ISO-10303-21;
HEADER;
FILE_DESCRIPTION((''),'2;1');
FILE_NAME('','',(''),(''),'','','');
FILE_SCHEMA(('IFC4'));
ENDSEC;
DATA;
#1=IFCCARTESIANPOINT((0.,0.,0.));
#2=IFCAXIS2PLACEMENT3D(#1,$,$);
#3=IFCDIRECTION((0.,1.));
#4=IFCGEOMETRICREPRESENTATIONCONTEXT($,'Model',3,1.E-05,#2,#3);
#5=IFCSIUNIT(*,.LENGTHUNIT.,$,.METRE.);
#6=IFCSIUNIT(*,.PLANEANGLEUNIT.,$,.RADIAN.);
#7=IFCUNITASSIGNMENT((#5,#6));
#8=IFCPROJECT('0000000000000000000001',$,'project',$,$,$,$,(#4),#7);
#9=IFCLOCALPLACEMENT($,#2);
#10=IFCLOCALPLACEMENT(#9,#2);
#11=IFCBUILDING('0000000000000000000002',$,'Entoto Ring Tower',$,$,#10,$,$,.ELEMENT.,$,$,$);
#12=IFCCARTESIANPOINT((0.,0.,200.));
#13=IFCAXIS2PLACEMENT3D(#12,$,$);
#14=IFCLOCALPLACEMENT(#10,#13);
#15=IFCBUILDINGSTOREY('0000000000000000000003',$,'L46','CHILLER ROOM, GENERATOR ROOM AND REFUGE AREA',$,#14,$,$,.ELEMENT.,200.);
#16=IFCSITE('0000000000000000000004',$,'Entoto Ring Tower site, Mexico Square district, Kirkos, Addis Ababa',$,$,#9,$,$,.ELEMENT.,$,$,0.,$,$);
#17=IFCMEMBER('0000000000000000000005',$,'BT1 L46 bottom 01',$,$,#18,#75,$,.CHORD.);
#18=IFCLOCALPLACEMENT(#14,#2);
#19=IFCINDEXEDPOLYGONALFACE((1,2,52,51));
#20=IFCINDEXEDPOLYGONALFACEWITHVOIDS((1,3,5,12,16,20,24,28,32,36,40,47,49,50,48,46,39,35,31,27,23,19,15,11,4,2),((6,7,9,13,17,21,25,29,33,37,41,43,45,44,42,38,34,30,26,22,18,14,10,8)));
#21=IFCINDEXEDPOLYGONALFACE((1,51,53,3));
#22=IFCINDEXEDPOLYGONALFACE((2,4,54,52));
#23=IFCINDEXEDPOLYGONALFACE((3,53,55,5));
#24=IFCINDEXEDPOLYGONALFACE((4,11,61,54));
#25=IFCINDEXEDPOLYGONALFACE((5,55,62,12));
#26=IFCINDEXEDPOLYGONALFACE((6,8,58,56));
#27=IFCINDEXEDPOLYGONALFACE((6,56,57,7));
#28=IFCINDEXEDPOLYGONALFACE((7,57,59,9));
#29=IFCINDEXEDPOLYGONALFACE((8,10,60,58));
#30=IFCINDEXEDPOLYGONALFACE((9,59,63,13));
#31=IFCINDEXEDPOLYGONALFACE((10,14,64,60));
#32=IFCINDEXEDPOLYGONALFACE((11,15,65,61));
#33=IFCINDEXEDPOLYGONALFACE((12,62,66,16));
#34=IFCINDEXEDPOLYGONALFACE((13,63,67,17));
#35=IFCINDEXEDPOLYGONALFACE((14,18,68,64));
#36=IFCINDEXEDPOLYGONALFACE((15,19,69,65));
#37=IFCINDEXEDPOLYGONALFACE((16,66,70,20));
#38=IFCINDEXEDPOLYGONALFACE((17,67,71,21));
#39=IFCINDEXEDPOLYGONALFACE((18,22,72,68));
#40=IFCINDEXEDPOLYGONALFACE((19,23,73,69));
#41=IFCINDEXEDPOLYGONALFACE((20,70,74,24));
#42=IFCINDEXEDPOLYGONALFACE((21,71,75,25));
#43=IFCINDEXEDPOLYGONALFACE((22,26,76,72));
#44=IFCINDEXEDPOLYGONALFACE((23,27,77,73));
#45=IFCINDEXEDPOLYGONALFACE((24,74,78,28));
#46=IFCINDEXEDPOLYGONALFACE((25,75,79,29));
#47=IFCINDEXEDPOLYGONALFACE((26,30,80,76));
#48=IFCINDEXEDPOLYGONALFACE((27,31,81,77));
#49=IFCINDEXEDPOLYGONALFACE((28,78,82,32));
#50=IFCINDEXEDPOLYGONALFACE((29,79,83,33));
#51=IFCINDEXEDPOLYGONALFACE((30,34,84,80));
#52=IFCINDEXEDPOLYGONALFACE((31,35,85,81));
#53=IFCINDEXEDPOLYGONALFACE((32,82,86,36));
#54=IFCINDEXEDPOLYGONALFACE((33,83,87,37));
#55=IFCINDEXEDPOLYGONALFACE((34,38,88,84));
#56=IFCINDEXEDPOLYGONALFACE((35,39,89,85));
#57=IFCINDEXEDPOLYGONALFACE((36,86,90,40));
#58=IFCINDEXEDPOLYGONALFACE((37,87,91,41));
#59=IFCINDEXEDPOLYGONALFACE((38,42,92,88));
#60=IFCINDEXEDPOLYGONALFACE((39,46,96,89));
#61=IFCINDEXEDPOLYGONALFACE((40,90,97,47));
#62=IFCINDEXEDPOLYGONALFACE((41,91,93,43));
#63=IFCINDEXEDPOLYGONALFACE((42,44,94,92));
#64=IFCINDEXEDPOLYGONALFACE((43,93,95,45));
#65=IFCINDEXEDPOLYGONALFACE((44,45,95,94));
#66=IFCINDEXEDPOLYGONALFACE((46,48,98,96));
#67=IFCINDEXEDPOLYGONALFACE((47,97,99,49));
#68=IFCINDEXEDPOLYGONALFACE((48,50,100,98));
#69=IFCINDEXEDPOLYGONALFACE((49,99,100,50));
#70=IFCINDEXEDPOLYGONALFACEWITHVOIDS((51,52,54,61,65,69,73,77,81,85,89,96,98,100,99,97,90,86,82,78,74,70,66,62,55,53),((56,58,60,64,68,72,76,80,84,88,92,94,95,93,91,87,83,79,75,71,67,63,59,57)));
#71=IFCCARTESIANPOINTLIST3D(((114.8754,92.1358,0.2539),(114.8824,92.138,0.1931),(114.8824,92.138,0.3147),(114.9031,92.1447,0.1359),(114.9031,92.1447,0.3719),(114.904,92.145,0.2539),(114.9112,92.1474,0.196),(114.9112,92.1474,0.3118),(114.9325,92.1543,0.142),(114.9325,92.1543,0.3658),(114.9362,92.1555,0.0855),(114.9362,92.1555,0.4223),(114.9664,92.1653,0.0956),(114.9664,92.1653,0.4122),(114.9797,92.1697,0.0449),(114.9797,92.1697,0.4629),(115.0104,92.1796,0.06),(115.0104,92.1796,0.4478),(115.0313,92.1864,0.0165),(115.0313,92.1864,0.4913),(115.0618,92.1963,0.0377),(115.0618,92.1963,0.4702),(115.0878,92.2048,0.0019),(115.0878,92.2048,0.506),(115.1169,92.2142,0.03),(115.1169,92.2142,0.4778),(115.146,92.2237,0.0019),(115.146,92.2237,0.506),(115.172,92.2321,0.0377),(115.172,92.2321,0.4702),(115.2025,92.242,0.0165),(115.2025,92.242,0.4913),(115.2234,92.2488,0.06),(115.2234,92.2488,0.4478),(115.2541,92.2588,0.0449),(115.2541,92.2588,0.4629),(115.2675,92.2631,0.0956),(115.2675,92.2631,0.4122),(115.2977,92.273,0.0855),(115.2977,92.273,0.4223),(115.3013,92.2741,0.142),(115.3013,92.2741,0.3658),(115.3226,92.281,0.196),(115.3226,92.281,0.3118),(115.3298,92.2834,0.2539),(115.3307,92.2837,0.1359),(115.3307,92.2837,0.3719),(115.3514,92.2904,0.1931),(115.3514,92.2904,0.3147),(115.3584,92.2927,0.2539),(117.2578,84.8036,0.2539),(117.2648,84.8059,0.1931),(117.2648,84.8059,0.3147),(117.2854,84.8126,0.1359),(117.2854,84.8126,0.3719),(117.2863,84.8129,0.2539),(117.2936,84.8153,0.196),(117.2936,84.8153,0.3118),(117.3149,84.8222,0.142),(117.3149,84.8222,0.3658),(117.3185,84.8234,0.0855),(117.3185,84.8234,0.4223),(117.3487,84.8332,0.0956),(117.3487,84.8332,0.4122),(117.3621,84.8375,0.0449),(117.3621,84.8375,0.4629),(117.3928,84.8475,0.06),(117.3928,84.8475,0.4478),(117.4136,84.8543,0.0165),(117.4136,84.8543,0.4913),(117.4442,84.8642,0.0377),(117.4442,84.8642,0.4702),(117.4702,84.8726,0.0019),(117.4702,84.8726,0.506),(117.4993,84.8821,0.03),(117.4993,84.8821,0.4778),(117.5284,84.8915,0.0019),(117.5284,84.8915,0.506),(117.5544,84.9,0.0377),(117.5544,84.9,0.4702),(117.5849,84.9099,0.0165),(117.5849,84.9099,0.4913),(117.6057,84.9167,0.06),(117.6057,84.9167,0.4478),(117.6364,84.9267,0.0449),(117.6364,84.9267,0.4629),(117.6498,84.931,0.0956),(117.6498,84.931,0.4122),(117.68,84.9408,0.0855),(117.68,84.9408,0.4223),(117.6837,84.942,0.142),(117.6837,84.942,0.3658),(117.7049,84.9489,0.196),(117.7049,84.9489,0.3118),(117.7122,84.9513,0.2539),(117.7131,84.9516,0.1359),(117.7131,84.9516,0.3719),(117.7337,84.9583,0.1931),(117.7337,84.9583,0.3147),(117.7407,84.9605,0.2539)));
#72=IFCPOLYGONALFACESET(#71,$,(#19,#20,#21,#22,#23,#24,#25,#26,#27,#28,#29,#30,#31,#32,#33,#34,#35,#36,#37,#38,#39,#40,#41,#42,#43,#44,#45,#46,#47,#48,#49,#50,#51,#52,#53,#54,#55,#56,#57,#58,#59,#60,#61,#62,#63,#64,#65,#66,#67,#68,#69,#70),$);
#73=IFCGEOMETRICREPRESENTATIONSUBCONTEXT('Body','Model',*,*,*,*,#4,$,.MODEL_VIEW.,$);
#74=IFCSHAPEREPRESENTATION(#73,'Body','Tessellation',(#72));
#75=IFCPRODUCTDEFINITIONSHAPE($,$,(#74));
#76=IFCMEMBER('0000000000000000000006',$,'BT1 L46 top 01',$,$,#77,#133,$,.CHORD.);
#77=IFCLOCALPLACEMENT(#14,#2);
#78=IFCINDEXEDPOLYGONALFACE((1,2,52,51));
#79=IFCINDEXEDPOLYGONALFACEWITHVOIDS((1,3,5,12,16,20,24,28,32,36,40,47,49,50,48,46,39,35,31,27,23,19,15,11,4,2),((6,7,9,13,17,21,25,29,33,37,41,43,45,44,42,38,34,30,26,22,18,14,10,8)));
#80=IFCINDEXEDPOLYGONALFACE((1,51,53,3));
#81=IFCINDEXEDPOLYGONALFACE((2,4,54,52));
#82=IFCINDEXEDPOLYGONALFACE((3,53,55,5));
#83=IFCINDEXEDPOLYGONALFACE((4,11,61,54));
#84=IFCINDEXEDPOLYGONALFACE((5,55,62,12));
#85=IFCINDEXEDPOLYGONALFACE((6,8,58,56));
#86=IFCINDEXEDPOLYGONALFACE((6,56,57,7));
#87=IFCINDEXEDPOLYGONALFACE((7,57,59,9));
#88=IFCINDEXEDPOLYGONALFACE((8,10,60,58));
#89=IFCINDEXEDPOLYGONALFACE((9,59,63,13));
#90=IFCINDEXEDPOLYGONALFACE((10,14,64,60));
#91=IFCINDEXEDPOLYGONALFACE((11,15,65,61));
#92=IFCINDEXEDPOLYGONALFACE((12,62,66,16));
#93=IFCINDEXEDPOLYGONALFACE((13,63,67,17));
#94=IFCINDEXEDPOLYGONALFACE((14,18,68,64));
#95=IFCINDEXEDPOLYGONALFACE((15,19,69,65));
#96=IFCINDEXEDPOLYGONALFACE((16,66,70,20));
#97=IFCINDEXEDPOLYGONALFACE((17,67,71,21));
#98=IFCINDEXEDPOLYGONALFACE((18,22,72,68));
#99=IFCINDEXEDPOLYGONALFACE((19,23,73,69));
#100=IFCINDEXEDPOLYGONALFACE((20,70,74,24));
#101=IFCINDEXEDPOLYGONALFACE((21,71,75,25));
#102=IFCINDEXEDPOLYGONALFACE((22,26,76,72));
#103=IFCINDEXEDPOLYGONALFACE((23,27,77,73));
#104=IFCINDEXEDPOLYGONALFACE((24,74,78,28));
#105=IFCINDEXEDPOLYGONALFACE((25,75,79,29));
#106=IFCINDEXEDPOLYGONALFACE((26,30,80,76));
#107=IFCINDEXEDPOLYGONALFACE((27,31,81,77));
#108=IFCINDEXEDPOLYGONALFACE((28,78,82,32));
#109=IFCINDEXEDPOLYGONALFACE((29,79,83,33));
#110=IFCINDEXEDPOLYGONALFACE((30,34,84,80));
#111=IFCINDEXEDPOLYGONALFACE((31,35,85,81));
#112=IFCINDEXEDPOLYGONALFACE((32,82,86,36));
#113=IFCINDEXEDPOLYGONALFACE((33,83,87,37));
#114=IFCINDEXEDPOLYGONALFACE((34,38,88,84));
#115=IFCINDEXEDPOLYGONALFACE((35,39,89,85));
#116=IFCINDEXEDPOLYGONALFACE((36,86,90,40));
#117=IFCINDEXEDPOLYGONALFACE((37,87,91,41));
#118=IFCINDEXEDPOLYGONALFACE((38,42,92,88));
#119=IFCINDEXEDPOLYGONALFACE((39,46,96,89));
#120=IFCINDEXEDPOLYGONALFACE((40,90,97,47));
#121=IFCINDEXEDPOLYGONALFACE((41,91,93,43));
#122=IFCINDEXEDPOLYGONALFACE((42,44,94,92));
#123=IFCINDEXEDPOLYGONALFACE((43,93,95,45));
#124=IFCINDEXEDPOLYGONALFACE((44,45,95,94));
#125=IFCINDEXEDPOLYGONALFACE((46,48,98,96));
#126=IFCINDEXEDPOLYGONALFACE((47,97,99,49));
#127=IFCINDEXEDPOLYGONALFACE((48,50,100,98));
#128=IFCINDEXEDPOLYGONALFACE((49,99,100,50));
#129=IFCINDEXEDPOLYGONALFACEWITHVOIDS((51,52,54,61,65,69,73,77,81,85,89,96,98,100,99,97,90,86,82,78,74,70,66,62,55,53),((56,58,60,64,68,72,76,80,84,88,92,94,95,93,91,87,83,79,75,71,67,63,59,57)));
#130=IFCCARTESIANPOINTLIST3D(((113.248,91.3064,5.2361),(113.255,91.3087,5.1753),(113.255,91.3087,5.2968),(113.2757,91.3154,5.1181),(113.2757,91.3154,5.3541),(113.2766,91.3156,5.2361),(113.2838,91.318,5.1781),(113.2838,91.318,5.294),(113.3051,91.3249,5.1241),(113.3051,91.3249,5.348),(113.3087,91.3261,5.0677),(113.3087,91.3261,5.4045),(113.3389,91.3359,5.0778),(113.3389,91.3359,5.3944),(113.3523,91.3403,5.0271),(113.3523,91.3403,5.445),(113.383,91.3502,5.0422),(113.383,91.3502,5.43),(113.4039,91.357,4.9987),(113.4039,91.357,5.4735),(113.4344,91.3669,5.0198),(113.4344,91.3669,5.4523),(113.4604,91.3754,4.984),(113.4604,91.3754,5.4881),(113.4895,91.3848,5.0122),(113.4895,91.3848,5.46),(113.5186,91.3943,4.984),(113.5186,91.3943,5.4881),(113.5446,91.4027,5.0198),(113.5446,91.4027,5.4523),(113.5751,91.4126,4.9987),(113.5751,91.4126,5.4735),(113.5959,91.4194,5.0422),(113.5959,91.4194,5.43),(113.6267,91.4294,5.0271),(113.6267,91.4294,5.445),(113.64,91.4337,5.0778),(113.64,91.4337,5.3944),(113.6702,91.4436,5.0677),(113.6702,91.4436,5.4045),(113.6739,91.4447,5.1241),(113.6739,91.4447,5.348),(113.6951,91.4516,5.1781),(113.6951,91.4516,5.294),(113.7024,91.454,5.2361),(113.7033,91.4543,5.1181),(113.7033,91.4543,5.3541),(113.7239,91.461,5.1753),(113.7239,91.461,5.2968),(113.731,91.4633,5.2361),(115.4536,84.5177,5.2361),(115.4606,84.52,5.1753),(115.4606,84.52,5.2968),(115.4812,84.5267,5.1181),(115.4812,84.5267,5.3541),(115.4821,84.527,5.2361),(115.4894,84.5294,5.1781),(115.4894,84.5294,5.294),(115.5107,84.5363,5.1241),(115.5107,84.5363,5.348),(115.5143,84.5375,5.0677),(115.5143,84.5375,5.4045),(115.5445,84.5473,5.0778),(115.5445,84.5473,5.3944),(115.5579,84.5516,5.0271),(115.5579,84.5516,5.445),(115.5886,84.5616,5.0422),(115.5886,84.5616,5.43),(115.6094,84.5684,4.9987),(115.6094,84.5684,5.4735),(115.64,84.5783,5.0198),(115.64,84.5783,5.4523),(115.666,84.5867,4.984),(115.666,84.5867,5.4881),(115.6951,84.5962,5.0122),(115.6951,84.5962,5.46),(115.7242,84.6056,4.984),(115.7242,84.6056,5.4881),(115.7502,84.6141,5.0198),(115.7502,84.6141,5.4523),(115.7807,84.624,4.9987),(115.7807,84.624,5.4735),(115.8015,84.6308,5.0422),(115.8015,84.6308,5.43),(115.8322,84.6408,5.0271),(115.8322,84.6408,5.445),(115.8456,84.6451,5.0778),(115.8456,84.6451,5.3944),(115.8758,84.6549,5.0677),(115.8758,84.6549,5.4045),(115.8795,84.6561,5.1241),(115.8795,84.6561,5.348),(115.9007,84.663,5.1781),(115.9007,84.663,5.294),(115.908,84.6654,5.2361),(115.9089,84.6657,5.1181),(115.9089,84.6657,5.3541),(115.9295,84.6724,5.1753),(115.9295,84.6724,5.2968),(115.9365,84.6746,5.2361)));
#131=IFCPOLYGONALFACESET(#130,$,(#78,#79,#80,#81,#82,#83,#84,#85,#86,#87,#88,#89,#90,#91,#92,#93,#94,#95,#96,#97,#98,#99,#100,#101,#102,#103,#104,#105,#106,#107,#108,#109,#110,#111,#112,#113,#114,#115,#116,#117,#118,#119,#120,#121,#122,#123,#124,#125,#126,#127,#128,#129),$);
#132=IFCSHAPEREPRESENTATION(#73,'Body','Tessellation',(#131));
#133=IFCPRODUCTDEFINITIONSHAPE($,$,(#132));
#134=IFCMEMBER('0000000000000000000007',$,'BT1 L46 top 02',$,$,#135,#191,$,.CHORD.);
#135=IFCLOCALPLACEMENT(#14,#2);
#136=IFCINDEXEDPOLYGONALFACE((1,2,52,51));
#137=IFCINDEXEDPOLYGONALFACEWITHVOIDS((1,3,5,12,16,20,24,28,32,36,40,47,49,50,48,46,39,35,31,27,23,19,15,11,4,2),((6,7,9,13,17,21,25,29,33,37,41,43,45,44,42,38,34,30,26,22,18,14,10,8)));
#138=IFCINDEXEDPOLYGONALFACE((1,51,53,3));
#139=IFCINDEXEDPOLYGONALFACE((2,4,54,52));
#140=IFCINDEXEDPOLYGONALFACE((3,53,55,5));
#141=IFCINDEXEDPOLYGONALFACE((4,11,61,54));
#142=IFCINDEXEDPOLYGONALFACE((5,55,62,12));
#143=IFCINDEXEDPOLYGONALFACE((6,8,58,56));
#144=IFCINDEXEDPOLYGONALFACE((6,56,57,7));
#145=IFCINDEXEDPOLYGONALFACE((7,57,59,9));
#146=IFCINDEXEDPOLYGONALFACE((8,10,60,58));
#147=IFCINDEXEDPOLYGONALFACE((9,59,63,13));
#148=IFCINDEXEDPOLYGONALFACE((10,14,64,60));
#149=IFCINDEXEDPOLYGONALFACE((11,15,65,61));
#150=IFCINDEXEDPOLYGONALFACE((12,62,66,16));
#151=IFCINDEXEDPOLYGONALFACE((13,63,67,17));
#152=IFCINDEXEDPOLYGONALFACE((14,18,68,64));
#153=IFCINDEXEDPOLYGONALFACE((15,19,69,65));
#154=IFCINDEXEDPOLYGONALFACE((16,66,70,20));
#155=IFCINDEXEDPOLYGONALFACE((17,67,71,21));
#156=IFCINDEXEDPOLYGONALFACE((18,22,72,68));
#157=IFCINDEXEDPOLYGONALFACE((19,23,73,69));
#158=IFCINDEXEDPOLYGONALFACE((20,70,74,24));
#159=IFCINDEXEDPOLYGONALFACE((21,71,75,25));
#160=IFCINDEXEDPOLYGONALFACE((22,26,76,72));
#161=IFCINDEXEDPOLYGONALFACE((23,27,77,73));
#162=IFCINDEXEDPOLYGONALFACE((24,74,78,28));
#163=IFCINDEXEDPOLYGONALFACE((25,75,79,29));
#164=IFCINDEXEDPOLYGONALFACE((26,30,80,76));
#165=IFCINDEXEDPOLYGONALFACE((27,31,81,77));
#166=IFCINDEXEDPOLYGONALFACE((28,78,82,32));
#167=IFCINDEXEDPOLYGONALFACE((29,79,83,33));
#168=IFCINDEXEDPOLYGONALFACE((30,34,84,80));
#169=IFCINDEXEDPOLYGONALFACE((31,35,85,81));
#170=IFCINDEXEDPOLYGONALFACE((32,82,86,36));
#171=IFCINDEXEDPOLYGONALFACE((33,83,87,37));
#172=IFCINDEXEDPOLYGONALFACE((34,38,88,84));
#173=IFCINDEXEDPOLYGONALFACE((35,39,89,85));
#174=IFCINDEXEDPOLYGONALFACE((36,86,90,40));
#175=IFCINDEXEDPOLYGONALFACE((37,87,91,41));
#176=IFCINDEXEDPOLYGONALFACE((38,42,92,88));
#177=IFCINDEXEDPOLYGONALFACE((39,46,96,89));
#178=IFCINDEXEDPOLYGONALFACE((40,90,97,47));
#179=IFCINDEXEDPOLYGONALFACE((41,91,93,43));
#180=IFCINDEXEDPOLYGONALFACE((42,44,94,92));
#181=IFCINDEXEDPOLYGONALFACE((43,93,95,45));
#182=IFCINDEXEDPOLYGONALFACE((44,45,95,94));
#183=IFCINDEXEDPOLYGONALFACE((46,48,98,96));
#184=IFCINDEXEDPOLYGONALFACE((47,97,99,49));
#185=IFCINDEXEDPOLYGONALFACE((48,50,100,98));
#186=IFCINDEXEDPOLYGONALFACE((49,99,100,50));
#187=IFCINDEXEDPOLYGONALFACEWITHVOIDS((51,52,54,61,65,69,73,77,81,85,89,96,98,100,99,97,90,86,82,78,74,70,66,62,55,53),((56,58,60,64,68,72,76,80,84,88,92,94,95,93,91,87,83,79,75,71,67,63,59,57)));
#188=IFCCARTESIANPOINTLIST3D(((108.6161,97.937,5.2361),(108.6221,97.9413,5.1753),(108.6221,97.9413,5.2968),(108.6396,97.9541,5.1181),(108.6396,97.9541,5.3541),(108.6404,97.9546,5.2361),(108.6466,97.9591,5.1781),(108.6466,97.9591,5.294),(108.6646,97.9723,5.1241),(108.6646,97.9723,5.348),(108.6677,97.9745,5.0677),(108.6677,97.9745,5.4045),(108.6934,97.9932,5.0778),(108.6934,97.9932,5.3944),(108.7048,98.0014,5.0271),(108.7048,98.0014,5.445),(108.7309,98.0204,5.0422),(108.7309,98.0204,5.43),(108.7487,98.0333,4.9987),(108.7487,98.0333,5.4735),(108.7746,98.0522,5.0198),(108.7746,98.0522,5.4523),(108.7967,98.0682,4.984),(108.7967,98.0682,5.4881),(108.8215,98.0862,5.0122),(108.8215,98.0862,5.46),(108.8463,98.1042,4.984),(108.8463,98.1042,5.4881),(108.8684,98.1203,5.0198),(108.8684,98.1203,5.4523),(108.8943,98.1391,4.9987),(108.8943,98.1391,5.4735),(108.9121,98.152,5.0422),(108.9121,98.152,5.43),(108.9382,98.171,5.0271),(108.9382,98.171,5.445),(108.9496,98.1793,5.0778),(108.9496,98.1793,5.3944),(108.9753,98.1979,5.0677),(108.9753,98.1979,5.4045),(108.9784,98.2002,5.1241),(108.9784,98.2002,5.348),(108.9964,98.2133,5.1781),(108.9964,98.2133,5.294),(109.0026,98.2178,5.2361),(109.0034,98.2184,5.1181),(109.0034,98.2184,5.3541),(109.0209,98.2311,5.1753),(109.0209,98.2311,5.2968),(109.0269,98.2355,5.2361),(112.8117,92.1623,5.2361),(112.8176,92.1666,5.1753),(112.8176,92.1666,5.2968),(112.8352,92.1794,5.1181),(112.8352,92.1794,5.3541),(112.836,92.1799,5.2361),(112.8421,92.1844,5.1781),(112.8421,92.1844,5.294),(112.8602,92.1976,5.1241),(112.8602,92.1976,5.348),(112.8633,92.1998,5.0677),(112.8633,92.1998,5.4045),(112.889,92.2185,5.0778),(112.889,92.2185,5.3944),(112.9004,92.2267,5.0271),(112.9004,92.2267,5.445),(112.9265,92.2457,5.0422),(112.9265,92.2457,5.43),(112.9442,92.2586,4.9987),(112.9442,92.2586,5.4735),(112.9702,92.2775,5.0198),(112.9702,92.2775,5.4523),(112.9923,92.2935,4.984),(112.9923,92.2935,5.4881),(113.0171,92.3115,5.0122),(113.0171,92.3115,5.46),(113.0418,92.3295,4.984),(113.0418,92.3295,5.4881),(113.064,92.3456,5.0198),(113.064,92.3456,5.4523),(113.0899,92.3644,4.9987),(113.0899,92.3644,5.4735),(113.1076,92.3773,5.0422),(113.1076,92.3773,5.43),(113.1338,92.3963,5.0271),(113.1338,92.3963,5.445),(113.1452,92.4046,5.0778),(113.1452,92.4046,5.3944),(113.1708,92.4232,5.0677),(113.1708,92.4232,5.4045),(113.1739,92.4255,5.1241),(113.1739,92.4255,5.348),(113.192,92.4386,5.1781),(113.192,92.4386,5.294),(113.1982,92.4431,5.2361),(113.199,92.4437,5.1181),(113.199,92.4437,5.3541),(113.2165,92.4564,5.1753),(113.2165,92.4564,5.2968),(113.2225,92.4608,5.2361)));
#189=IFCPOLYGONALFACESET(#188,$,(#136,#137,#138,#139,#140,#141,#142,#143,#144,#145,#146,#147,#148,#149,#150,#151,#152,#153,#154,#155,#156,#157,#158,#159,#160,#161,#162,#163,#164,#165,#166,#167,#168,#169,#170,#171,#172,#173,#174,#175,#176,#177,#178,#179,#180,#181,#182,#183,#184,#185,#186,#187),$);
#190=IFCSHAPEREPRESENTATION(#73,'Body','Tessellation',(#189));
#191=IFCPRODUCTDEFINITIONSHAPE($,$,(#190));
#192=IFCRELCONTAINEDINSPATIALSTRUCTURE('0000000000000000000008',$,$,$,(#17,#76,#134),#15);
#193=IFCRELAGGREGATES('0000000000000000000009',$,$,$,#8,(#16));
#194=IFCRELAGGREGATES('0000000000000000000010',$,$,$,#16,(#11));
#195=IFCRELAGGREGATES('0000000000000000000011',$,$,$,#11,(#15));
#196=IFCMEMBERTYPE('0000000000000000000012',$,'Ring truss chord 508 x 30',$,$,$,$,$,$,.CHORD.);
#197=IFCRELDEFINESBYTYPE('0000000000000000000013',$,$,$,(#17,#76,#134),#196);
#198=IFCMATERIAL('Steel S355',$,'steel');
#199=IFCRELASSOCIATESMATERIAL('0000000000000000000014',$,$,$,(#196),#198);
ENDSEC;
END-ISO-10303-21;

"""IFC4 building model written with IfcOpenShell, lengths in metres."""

from ifc_helpers import new_model, si_unit, direction, frame, origin, origin_2d, place, context, subcontext, project, spatial, circle, hollow_circle, extrude, material, material_profile, profile_set, type_object, element, save


model = new_model("IFC4")

# Units and contexts
model_context = context("Model", 3, precision=1e-05, world=origin(), true_north=direction((0.0, 1.0)))
body_context = subcontext(model_context, "Body", "Model", "MODEL_VIEW")
ifc_project = project(units=[si_unit("LENGTHUNIT", "METRE"), si_unit("PLANEANGLEUNIT", "RADIAN")], contexts=[model_context])

# Site, building, storey
site_placement = place(None, origin())
site = spatial("IfcSite", under=ifc_project, at=site_placement, Name="Entoto Ring Tower site, Mexico Square district, Kirkos, Addis Ababa", CompositionType="ELEMENT", RefElevation=0.0)
building_placement = place(site_placement, origin())
building = spatial("IfcBuilding", under=site, at=building_placement, Name="Entoto Ring Tower", CompositionType="ELEMENT")
storey_placement = place(building_placement, frame((0.0, 0.0, 200.0)))
storey = spatial("IfcBuildingStorey", under=building, at=storey_placement, Name="L46", Description="CHILLER ROOM, GENERATOR ROOM AND REFUGE AREA", CompositionType="ELEMENT", Elevation=200.0)

# Members
ifc_material_1 = material(Name="Steel S355", Category="steel")
ifc_material_profile_1 = material_profile(ifc_material_1, hollow_circle(Radius=0.2539, WallThickness=0.03, at=origin_2d()), Name="CHS 508 x 30")
ifc_material_2 = material(Name="Concrete C60/75", Category="concrete")
ifc_material_profile_2 = material_profile(ifc_material_2, circle(Radius=0.2241, at=origin_2d()), Name="Concrete C60/75 infill")
ifc_profile_set_1 = profile_set([ifc_material_profile_1, ifc_material_profile_2], Name="Steel S355")
member_type_1 = type_object("IfcMemberType", Name="Ring truss chord 508 x 30", PredefinedType="CHORD", material=ifc_profile_set_1)
member_1_placement = place(storey_placement, frame((117.4993, 84.8821, 0.2539), z_axis=(-0.309017, 0.951056, 0.0), x_axis=(-0.951056, -0.309017, 0.0)))
element("IfcMember", 1, at=member_1_placement, inside=storey, type_object=member_type_1, Name="BT1 L46 bottom 01", PredefinedType="CHORD", context=body_context, shape_type="SweptSolid", body=[
    extrude(hollow_circle(Radius=0.2539, WallThickness=0.03, at=origin_2d()), origin(), (0.0, 0.0, 1.0), 7.7095),
])
for number, where, z_axis, x_axis, name in (
    (2, (115.6951, 84.5962, 5.2361), (-0.308995, 0.951064, 0.0), (-0.951064, -0.308995, 0.0), "BT1 L46 top 01"),
    (3, (113.0171, 92.3115, 5.2361), (-0.587787, 0.809016, 0.0), (-0.809016, -0.587787, 0.0), "BT1 L46 top 02"),
):
    element("IfcMember", number, at=place(storey_placement, frame(where, z_axis=z_axis, x_axis=x_axis)), inside=storey, type_object=member_type_1, Name=name, PredefinedType="CHORD", context=body_context, shape_type="SweptSolid", body=[
        extrude(hollow_circle(Radius=0.2539, WallThickness=0.03, at=origin_2d()), origin(), (0.0, 0.0, 1.0), 7.1379),
    ])

save(model, "model.ifc")
